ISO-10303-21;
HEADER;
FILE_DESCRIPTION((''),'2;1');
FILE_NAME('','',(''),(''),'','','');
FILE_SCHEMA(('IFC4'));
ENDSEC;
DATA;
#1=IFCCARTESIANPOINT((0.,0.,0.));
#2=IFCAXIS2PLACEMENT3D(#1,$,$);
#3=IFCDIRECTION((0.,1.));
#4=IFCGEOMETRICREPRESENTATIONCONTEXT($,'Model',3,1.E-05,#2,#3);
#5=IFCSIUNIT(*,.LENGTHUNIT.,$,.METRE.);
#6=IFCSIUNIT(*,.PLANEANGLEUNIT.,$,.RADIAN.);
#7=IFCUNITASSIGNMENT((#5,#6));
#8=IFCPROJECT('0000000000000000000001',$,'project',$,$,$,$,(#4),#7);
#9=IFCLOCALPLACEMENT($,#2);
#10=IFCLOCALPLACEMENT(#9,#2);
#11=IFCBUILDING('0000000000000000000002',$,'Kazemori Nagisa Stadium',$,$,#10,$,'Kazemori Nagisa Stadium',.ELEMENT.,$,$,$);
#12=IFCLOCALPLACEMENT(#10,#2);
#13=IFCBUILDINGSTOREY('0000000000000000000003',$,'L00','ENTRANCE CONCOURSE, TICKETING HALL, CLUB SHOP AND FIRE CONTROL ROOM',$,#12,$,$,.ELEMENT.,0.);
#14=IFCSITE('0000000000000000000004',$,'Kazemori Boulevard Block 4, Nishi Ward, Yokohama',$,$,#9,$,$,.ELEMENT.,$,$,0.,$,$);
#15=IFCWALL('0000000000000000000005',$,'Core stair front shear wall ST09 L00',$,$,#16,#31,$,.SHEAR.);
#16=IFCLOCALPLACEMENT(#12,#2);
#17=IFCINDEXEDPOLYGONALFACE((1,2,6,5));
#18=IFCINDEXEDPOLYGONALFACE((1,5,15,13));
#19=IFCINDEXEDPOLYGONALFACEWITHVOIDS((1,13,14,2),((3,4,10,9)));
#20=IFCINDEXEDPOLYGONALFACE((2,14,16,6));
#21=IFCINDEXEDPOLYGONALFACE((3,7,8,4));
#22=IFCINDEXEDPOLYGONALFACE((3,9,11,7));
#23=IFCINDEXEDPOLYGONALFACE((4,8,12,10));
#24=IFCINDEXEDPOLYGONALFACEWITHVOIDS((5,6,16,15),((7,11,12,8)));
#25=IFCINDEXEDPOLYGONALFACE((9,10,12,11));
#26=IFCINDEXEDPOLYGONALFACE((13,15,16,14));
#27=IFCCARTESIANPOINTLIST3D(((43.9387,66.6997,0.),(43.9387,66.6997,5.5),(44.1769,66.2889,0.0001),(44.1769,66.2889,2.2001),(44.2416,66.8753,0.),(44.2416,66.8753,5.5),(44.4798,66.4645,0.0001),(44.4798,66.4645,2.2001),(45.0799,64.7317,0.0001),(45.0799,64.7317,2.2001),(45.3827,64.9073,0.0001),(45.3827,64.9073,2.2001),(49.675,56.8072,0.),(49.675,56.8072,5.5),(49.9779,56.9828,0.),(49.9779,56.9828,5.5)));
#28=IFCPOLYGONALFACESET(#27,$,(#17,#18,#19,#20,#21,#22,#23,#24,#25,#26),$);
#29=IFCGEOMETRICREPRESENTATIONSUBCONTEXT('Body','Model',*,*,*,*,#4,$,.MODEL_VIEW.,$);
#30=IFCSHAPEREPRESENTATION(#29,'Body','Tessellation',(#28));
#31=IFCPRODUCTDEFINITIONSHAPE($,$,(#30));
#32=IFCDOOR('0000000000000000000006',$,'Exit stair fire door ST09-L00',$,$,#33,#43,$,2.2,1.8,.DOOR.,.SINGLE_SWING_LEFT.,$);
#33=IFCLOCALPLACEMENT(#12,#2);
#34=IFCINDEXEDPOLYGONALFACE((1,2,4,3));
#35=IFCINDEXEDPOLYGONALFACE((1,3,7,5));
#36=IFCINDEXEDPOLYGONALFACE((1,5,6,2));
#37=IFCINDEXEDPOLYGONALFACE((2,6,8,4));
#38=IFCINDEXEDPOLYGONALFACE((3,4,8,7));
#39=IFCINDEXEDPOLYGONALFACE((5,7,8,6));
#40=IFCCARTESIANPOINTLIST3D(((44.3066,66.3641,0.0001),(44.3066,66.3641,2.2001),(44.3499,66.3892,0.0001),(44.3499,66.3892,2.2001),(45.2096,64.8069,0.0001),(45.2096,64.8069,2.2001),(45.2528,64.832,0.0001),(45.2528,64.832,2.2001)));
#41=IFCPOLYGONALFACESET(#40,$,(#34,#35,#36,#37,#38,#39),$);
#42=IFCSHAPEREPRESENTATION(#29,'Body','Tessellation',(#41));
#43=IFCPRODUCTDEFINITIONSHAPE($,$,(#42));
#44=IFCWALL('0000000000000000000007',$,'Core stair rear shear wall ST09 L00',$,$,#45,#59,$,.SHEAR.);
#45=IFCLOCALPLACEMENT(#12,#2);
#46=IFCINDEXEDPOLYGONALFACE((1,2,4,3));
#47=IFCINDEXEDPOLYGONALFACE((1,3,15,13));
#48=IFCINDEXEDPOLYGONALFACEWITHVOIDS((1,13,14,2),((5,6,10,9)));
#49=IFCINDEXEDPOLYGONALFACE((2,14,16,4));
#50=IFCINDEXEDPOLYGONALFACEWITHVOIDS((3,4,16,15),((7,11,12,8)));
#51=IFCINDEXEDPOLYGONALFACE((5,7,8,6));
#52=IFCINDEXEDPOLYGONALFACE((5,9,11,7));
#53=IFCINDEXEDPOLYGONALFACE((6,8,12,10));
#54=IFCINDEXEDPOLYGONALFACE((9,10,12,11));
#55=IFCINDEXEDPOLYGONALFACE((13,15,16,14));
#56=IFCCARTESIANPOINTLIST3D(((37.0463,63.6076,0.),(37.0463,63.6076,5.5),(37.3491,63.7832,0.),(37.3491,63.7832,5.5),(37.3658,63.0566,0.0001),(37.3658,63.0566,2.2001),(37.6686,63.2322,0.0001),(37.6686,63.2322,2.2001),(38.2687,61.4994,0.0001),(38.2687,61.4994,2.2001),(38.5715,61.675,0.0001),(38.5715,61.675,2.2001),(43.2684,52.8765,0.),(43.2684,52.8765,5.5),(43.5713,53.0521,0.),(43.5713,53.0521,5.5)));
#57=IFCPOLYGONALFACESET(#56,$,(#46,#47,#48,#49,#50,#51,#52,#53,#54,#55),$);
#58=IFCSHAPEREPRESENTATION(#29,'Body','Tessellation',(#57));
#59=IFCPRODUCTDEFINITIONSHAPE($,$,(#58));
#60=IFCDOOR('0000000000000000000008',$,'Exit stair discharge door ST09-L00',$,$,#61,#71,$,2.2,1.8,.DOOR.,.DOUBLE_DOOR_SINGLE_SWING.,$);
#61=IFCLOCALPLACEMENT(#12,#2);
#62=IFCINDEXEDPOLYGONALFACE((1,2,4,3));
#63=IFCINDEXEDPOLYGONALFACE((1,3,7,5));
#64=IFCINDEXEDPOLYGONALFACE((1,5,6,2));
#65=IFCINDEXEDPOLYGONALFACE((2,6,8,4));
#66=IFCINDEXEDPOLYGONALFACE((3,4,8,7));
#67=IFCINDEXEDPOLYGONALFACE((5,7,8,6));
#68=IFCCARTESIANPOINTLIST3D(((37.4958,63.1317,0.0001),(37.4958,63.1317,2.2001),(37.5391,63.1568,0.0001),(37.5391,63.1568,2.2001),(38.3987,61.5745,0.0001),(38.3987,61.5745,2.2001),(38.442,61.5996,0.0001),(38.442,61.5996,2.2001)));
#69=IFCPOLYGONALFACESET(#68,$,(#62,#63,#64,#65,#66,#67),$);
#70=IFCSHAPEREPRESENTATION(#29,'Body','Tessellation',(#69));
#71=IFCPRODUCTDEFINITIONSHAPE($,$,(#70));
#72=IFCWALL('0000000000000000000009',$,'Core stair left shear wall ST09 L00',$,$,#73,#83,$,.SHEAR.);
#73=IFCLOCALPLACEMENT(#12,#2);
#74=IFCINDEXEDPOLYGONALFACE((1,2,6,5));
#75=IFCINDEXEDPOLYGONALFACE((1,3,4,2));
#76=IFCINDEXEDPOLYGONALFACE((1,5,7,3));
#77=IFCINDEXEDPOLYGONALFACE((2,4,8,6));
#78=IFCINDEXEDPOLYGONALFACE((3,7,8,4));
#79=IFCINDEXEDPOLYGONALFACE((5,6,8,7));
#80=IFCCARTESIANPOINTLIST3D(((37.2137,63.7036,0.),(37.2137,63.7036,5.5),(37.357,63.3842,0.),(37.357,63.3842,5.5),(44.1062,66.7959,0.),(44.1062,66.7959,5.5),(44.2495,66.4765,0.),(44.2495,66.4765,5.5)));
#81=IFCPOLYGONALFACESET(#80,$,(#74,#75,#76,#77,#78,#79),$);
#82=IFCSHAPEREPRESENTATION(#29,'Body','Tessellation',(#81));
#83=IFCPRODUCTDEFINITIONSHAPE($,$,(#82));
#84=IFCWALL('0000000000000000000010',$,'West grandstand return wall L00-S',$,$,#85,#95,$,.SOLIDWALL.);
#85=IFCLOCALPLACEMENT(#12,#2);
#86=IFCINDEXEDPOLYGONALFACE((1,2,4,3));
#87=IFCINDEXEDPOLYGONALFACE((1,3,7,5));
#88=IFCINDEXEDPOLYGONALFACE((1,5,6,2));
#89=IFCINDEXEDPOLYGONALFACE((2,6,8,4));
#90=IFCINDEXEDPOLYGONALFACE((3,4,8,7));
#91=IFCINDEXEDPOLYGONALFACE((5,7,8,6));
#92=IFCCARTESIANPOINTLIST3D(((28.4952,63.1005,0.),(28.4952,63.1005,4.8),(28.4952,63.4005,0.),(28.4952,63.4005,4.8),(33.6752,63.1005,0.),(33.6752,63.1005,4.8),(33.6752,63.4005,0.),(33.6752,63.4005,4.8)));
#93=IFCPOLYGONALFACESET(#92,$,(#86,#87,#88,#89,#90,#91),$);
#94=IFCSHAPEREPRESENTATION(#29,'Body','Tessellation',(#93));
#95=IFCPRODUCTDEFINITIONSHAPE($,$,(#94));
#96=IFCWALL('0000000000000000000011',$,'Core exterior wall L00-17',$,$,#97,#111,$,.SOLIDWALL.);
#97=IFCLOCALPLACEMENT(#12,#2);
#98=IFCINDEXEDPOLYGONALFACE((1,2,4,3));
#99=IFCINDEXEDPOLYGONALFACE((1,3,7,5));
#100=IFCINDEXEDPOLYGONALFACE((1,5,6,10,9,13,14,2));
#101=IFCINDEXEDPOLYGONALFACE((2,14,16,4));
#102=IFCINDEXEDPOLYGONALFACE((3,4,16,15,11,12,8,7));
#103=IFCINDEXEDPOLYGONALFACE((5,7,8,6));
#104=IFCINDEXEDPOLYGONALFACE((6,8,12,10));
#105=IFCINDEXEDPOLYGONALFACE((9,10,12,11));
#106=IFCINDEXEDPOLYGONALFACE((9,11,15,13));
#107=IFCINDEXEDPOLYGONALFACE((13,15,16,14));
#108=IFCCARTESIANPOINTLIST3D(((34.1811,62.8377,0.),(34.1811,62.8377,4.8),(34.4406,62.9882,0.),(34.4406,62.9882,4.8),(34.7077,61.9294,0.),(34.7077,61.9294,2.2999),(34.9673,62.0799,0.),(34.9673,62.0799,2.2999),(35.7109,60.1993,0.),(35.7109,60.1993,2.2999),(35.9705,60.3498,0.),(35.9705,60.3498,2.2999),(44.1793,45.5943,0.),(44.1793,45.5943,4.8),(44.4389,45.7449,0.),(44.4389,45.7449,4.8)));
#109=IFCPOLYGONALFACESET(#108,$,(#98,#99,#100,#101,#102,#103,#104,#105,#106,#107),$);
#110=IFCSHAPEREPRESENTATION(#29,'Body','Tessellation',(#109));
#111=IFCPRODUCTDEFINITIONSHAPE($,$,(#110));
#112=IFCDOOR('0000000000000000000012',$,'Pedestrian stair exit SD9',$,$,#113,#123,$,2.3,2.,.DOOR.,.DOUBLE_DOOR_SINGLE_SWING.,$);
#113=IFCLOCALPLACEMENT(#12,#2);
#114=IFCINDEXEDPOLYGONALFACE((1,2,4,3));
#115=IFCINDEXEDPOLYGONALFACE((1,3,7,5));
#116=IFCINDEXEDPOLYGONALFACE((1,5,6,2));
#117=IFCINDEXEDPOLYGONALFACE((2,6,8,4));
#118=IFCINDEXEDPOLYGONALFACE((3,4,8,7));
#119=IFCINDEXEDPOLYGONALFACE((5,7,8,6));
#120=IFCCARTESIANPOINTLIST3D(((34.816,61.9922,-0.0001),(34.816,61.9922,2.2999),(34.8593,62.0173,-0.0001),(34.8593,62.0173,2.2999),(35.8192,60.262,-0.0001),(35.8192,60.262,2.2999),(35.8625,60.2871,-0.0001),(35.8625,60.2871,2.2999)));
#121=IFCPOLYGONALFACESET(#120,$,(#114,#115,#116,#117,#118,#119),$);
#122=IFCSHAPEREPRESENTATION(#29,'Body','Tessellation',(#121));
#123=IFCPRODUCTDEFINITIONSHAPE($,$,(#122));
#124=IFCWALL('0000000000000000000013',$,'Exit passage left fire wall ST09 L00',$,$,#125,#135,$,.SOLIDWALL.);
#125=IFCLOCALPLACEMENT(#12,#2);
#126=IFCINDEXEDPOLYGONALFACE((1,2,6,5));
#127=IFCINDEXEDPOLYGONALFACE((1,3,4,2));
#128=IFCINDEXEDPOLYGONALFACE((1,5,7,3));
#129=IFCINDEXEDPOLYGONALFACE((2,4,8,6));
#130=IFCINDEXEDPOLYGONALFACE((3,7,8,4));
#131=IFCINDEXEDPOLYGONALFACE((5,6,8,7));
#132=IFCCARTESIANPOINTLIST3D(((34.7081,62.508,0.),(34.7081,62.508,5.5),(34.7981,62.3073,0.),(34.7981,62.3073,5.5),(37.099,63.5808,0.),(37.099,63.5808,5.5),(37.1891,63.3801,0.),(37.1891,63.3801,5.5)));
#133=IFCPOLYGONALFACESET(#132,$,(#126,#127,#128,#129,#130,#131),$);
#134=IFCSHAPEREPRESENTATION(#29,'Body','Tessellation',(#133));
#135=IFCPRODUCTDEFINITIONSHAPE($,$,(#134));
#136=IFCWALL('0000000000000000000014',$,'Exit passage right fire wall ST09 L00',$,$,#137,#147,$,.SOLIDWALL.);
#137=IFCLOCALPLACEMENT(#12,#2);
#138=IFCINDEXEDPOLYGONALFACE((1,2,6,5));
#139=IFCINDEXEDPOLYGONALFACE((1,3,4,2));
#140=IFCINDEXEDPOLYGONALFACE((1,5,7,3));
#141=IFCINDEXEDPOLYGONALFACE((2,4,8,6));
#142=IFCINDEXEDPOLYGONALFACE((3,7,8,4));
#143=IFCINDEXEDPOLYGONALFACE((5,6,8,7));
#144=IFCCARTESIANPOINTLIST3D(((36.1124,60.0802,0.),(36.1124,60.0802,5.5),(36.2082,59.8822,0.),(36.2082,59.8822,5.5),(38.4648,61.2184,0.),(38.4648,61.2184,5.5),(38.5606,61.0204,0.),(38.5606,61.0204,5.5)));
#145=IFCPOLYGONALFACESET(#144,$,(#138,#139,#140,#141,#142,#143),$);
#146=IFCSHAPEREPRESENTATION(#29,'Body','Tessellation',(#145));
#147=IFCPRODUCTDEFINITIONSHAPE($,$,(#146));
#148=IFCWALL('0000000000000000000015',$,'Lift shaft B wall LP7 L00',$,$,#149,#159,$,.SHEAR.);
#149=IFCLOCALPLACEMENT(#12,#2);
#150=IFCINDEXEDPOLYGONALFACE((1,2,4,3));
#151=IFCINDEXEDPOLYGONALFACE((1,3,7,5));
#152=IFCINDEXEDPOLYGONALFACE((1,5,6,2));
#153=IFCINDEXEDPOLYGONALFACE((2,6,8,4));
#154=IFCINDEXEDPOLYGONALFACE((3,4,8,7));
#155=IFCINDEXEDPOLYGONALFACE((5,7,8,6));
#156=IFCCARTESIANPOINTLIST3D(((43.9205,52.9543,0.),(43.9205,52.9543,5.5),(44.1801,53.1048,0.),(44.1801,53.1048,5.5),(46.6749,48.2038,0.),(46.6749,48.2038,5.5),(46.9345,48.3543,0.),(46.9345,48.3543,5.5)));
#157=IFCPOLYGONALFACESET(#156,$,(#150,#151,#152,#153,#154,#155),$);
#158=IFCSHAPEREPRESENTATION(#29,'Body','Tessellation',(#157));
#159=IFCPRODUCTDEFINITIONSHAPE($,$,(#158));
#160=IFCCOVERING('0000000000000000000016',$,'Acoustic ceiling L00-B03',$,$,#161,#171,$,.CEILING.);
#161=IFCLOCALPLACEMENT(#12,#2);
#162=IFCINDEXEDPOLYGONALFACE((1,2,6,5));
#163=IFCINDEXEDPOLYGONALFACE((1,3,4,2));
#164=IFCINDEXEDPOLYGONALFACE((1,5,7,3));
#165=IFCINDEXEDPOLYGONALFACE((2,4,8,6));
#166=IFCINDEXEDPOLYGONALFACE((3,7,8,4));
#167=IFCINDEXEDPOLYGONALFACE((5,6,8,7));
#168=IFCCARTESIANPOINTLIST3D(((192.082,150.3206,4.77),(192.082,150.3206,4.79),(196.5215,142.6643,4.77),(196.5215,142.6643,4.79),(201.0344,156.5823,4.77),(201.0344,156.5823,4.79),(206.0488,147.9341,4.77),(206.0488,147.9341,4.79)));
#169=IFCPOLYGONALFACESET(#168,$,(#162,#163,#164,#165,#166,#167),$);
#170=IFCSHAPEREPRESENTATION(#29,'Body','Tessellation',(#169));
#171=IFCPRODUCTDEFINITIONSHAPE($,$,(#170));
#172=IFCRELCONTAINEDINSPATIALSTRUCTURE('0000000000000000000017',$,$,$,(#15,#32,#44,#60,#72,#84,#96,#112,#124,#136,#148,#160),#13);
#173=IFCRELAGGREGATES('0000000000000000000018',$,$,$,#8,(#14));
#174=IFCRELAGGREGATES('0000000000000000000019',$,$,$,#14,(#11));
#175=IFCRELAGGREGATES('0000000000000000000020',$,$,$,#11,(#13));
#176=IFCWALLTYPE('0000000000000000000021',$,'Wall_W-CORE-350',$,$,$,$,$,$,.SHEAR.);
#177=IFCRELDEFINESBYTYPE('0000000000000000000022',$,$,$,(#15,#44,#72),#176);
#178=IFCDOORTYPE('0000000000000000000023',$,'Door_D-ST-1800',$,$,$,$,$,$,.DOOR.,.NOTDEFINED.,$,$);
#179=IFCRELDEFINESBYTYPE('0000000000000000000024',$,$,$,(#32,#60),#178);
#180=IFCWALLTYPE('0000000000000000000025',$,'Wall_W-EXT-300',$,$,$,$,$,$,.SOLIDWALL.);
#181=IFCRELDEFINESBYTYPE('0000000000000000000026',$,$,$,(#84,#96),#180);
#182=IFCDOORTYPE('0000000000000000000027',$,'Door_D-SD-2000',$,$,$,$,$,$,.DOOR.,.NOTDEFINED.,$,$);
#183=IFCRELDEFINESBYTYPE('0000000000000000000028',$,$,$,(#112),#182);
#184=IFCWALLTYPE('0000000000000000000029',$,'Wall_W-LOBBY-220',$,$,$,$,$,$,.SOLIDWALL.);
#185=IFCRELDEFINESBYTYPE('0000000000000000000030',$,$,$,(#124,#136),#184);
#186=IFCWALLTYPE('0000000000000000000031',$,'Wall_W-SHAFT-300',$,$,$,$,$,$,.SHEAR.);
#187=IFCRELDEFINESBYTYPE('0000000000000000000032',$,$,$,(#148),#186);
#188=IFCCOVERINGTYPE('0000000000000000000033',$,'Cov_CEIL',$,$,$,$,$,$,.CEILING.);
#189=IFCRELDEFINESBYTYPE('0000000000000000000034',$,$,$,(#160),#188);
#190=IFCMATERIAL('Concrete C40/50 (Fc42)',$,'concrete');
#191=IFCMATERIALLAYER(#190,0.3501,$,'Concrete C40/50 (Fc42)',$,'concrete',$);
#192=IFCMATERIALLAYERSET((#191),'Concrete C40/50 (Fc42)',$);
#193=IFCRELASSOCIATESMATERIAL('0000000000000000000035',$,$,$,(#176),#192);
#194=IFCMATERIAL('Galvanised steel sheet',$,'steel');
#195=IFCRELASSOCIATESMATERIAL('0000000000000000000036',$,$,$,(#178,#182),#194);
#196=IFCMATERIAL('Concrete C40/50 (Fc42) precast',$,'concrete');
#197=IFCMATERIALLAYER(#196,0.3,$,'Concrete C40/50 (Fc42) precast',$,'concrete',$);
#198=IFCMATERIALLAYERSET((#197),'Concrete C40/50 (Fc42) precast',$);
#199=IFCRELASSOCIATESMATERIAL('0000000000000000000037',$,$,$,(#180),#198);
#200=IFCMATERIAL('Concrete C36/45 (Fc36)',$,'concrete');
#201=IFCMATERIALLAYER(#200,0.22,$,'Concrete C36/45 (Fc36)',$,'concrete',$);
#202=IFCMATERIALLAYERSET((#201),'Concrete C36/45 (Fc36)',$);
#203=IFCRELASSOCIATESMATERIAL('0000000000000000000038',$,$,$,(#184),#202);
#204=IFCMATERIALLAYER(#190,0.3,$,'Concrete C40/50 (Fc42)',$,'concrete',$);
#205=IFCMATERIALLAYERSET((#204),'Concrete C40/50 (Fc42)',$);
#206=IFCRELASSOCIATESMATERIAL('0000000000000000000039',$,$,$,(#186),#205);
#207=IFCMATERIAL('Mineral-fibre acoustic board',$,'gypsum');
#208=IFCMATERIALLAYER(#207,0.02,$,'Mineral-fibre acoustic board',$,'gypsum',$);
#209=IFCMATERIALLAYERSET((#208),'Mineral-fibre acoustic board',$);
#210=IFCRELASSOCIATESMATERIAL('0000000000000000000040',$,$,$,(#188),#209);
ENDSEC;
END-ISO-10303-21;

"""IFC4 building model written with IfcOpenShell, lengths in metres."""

from ifc_helpers import new_model, si_unit, direction, frame, frame_2d, origin, place, context, subcontext, project, spatial, polyline, rectangle, outline, extrude, material, layer, layer_set, type_object, element, fill, save


model = new_model("IFC4")

# Units and contexts
model_context = context("Model", 3, precision=1e-05, world=origin(), true_north=direction((0.0, 1.0)))
body_context = subcontext(model_context, "Body", "Model", "MODEL_VIEW")
ifc_project = project(units=[si_unit("LENGTHUNIT", "METRE"), si_unit("PLANEANGLEUNIT", "RADIAN")], contexts=[model_context])

# Site, building, storey
site_placement = place(None, origin())
site = spatial("IfcSite", under=ifc_project, at=site_placement, Name="Kazemori Boulevard Block 4, Nishi Ward, Yokohama", CompositionType="ELEMENT", RefElevation=0.0)
building_placement = place(site_placement, origin())
building = spatial("IfcBuilding", under=site, at=building_placement, Name="Kazemori Nagisa Stadium", LongName="Kazemori Nagisa Stadium", CompositionType="ELEMENT")
storey_placement = place(building_placement, origin())
storey = spatial("IfcBuildingStorey", under=building, at=storey_placement, Name="L00", Description="ENTRANCE CONCOURSE, TICKETING HALL, CLUB SHOP AND FIRE CONTROL ROOM", CompositionType="ELEMENT", Elevation=0.0)

# Shared definitions
ifc_material_1 = material(Name="Concrete C40/50 (Fc42)", Category="concrete")

# Shared definitions
ifc_material_2 = material(Name="Concrete C36/45 (Fc36)", Category="concrete")

# Walls, openings, doors
ifc_layer_1 = layer(ifc_material_1, 0.3501, Name="Concrete C40/50 (Fc42)", Category="concrete")
ifc_layer_set_1 = layer_set([ifc_layer_1], Name="Concrete C40/50 (Fc42)")
wall_type_1 = type_object("IfcWallType", Name="Wall_W-CORE-350", PredefinedType="SHEAR", material=ifc_layer_set_1)
wall_1_placement = place(storey_placement, frame((44.0901, 66.7876, 0.0), z_axis=(0.0, 0.0, 1.0), x_axis=(0.501629, -0.865083, 0.0)))
wall_1 = element("IfcWall", 1, at=wall_1_placement, inside=storey, type_object=wall_type_1, Name="Core stair front shear wall ST09 L00", PredefinedType="SHEAR", context=body_context, shape_type="SweptSolid", body=[
    extrude(rectangle(XDim=11.4353, YDim=0.3501, at=frame_2d((5.7178, 0.0))), origin(), (0.0, 0.0, 1.0), 5.5),
])
opening_1_placement = place(wall_1_placement, frame((0.4751, 0.0, 0.0)))
opening_1 = element("IfcOpeningElement", 2, at=opening_1_placement, cuts=wall_1, PredefinedType="OPENING", context=body_context, shape_type="SweptSolid", body=[
    extrude(rectangle(XDim=1.8, YDim=2.2, at=frame_2d((0.8999, 1.1001))), frame((0.0, 0.1851, 0.0), z_axis=(0.0, -1.0, 0.0), x_axis=(1.0, 0.0, 0.0)), (0.0, 0.0, 1.0), 0.3701),
])
ifc_material_3 = material(Name="Galvanised steel sheet", Category="steel")
door_type_1 = type_object("IfcDoorType", Name="Door_D-ST-1800", OperationType="NOTDEFINED", PredefinedType="DOOR", material=ifc_material_3)
door_1_placement = place(opening_1_placement, origin())
door_1 = element("IfcDoor", 3, at=door_1_placement, inside=storey, type_object=door_type_1, Name="Exit stair fire door ST09-L00", OperationType="SINGLE_SWING_LEFT", OverallHeight=2.2, OverallWidth=1.8, PredefinedType="DOOR", context=body_context, shape_type="SweptSolid", body=[
    extrude(rectangle(XDim=1.8, YDim=2.2, at=frame_2d((0.8999, 1.1001))), frame((0.0, 0.0249, 0.0), z_axis=(0.0, -1.0, 0.0), x_axis=(1.0, 0.0, 0.0)), (0.0, 0.0, 1.0), 0.05),
])
fill(opening_1, door_1)
wall_2_placement = place(storey_placement, frame((37.1978, 63.6953, 0.0), z_axis=(0.0, 0.0, 1.0), x_axis=(0.501602, -0.865099, 0.0)))
wall_2 = element("IfcWall", 4, at=wall_2_placement, inside=storey, type_object=wall_type_1, Name="Core stair rear shear wall ST09 L00", PredefinedType="SHEAR", context=body_context, shape_type="SweptSolid", body=[
    extrude(rectangle(XDim=12.4045, YDim=0.3501, at=frame_2d((6.2021, 0.0))), origin(), (0.0, 0.0, 1.0), 5.5),
])
opening_2_placement = place(wall_2_placement, frame((0.637, 0.0, 0.0)))
opening_2 = element("IfcOpeningElement", 5, at=opening_2_placement, cuts=wall_2, PredefinedType="OPENING", context=body_context, shape_type="SweptSolid", body=[
    extrude(rectangle(XDim=1.8, YDim=2.2, at=frame_2d((0.8999, 1.1001))), frame((0.0, 0.1851, 0.0), z_axis=(0.0, -1.0, 0.0), x_axis=(1.0, 0.0, 0.0)), (0.0, 0.0, 1.0), 0.3701),
])
door_2_placement = place(opening_2_placement, frame((1.8, 0.0, 0.0), z_axis=(0.0, 0.0, 1.0), x_axis=(-1.0, 0.0, 0.0)))
door_2 = element("IfcDoor", 6, at=door_2_placement, inside=storey, type_object=door_type_1, Name="Exit stair discharge door ST09-L00", OperationType="DOUBLE_DOOR_SINGLE_SWING", OverallHeight=2.2, OverallWidth=1.8, PredefinedType="DOOR", context=body_context, shape_type="SweptSolid", body=[
    extrude(rectangle(XDim=1.8, YDim=2.2, at=frame_2d((0.8999, 1.1001))), frame((0.0, 0.0249, 0.0), z_axis=(0.0, -1.0, 0.0), x_axis=(1.0, 0.0, 0.0)), (0.0, 0.0, 1.0), 0.05),
])
fill(opening_2, door_2)

# Walls
wall_3_placement = place(storey_placement, frame((44.178, 66.6362, 0.0), z_axis=(0.0, 0.0, 1.0), x_axis=(-0.912385, -0.409332, 0.0)))
element("IfcWall", 7, at=wall_3_placement, inside=storey, type_object=wall_type_1, Name="Core stair left shear wall ST09 L00", PredefinedType="SHEAR", context=body_context, shape_type="SweptSolid", body=[
    extrude(rectangle(XDim=7.5544, YDim=0.3501, at=frame_2d((3.7773, 0.0))), origin(), (0.0, 0.0, 1.0), 5.5),
])
ifc_material_4 = material(Name="Concrete C40/50 (Fc42) precast", Category="concrete")
ifc_layer_2 = layer(ifc_material_4, 0.3, Name="Concrete C40/50 (Fc42) precast", Category="concrete")
ifc_layer_set_2 = layer_set([ifc_layer_2], Name="Concrete C40/50 (Fc42) precast")
wall_type_2 = type_object("IfcWallType", Name="Wall_W-EXT-300", PredefinedType="SOLIDWALL", material=ifc_layer_set_2)
wall_4_placement = place(storey_placement, frame((33.675, 63.2505, 0.0), z_axis=(0.0, 0.0, 1.0), x_axis=(-1.0, 0.0, 0.0)))
element("IfcWall", 8, at=wall_4_placement, inside=storey, type_object=wall_type_2, Name="West grandstand return wall L00-S", PredefinedType="SOLIDWALL", context=body_context, shape_type="SweptSolid", body=[
    extrude(rectangle(XDim=5.1799, YDim=0.3, at=frame_2d((2.5898, 0.0))), origin(), (0.0, 0.0, 1.0), 4.8),
])

# Wall, opening, door
wall_5_placement = place(storey_placement, frame((34.3108, 62.9131, 0.0), z_axis=(0.0, 0.0, 1.0), x_axis=(0.50161, -0.865094, 0.0)))
wall_5 = element("IfcWall", 9, at=wall_5_placement, inside=storey, type_object=wall_type_2, Name="Core exterior wall L00-17", PredefinedType="SOLIDWALL", context=body_context, shape_type="SweptSolid", body=[
    extrude(rectangle(XDim=19.9324, YDim=0.3, at=frame_2d((9.9663, 0.0))), origin(), (0.0, 0.0, 1.0), 4.8),
])
opening_3_placement = place(wall_5_placement, frame((1.05, 0.0, 0.0)))
opening_3 = element("IfcOpeningElement", 10, at=opening_3_placement, cuts=wall_5, PredefinedType="OPENING", context=body_context, shape_type="SweptSolid", body=[
    extrude(rectangle(XDim=2.0, YDim=2.3, at=frame_2d((1.0, 1.1499))), frame((0.0, 0.1599, 0.0), z_axis=(0.0, -1.0, 0.0), x_axis=(1.0, 0.0, 0.0)), (0.0, 0.0, 1.0), 0.3201),
])
door_type_2 = type_object("IfcDoorType", Name="Door_D-SD-2000", OperationType="NOTDEFINED", PredefinedType="DOOR", material=ifc_material_3)
door_3_placement = place(opening_3_placement, frame((2.0, 0.0, 0.0), z_axis=(0.0, 0.0, 1.0), x_axis=(-1.0, 0.0, 0.0)))
door_3 = element("IfcDoor", 11, at=door_3_placement, inside=storey, type_object=door_type_2, Name="Pedestrian stair exit SD9", OperationType="DOUBLE_DOOR_SINGLE_SWING", OverallHeight=2.3, OverallWidth=2.0, PredefinedType="DOOR", context=body_context, shape_type="SweptSolid", body=[
    extrude(rectangle(XDim=2.0, YDim=2.3, at=frame_2d((1.0, 1.1499))), frame((0.0, 0.0249, 0.0), z_axis=(0.0, -1.0, 0.0), x_axis=(1.0, 0.0, 0.0)), (0.0, 0.0, 1.0), 0.05),
])
fill(opening_3, door_3)

# Walls
ifc_layer_3 = layer(ifc_material_2, 0.22, Name="Concrete C36/45 (Fc36)", Category="concrete")
ifc_layer_set_3 = layer_set([ifc_layer_3], Name="Concrete C36/45 (Fc36)")
wall_type_3 = type_object("IfcWallType", Name="Wall_W-LOBBY-220", PredefinedType="SOLIDWALL", material=ifc_layer_set_3)
wall_6_placement = place(storey_placement, frame((37.144, 63.4805, 0.0), z_axis=(0.0, 0.0, 1.0), x_axis=(-0.912369, -0.409369, 0.0)))
element("IfcWall", 12, at=wall_6_placement, inside=storey, type_object=wall_type_3, Name="Exit passage left fire wall ST09 L00", PredefinedType="SOLIDWALL", context=body_context, shape_type="SweptSolid", body=[
    extrude(rectangle(XDim=2.6206, YDim=0.22, at=frame_2d((1.3103, 0.0))), origin(), (0.0, 0.0, 1.0), 5.5),
])
wall_7_placement = place(storey_placement, frame((38.5127, 61.1194, 0.0), z_axis=(0.0, 0.0, 1.0), x_axis=(-0.900163, -0.435554, 0.0)))
element("IfcWall", 13, at=wall_7_placement, inside=storey, type_object=wall_type_3, Name="Exit passage right fire wall ST09 L00", PredefinedType="SOLIDWALL", context=body_context, shape_type="SweptSolid", body=[
    extrude(rectangle(XDim=2.6133, YDim=0.22, at=frame_2d((1.3066, 0.0))), origin(), (0.0, 0.0, 1.0), 5.5),
])
ifc_layer_4 = layer(ifc_material_1, 0.3, Name="Concrete C40/50 (Fc42)", Category="concrete")
ifc_layer_set_4 = layer_set([ifc_layer_4], Name="Concrete C40/50 (Fc42)")
wall_type_4 = type_object("IfcWallType", Name="Wall_W-SHAFT-300", PredefinedType="SHEAR", material=ifc_layer_set_4)
wall_8_placement = place(storey_placement, frame((44.0503, 53.0295, 0.0), z_axis=(0.0, 0.0, 1.0), x_axis=(0.501597, -0.865101, 0.0)))
element("IfcWall", 14, at=wall_8_placement, inside=storey, type_object=wall_type_4, Name="Lift shaft B wall LP7 L00", PredefinedType="SHEAR", context=body_context, shape_type="SweptSolid", body=[
    extrude(rectangle(XDim=5.4912, YDim=0.3, at=frame_2d((2.7456, 0.0))), origin(), (0.0, 0.0, 1.0), 5.5),
])

# Covering
ifc_material_5 = material(Name="Mineral-fibre acoustic board", Category="gypsum")
ifc_layer_5 = layer(ifc_material_5, 0.02, Name="Mineral-fibre acoustic board", Category="gypsum")
ifc_layer_set_5 = layer_set([ifc_layer_5], Name="Mineral-fibre acoustic board")
covering_type_1 = type_object("IfcCoveringType", Name="Cov_CEIL", PredefinedType="CEILING", material=ifc_layer_set_5)
covering_1_placement = place(storey_placement, frame((0.0, 0.0, 4.77)))
element("IfcCovering", 15, at=covering_1_placement, inside=storey, type_object=covering_type_1, Name="Acoustic ceiling L00-B03", PredefinedType="CEILING", context=body_context, shape_type="SweptSolid", body=[
    extrude(outline(polyline([(196.5215, 142.6643), (192.082, 150.3206), (201.0344, 156.5823), (206.0488, 147.9341), (196.5215, 142.6643)])), origin(), (0.0, 0.0, 1.0), 0.02),
])

save(model, "model.ifc")
